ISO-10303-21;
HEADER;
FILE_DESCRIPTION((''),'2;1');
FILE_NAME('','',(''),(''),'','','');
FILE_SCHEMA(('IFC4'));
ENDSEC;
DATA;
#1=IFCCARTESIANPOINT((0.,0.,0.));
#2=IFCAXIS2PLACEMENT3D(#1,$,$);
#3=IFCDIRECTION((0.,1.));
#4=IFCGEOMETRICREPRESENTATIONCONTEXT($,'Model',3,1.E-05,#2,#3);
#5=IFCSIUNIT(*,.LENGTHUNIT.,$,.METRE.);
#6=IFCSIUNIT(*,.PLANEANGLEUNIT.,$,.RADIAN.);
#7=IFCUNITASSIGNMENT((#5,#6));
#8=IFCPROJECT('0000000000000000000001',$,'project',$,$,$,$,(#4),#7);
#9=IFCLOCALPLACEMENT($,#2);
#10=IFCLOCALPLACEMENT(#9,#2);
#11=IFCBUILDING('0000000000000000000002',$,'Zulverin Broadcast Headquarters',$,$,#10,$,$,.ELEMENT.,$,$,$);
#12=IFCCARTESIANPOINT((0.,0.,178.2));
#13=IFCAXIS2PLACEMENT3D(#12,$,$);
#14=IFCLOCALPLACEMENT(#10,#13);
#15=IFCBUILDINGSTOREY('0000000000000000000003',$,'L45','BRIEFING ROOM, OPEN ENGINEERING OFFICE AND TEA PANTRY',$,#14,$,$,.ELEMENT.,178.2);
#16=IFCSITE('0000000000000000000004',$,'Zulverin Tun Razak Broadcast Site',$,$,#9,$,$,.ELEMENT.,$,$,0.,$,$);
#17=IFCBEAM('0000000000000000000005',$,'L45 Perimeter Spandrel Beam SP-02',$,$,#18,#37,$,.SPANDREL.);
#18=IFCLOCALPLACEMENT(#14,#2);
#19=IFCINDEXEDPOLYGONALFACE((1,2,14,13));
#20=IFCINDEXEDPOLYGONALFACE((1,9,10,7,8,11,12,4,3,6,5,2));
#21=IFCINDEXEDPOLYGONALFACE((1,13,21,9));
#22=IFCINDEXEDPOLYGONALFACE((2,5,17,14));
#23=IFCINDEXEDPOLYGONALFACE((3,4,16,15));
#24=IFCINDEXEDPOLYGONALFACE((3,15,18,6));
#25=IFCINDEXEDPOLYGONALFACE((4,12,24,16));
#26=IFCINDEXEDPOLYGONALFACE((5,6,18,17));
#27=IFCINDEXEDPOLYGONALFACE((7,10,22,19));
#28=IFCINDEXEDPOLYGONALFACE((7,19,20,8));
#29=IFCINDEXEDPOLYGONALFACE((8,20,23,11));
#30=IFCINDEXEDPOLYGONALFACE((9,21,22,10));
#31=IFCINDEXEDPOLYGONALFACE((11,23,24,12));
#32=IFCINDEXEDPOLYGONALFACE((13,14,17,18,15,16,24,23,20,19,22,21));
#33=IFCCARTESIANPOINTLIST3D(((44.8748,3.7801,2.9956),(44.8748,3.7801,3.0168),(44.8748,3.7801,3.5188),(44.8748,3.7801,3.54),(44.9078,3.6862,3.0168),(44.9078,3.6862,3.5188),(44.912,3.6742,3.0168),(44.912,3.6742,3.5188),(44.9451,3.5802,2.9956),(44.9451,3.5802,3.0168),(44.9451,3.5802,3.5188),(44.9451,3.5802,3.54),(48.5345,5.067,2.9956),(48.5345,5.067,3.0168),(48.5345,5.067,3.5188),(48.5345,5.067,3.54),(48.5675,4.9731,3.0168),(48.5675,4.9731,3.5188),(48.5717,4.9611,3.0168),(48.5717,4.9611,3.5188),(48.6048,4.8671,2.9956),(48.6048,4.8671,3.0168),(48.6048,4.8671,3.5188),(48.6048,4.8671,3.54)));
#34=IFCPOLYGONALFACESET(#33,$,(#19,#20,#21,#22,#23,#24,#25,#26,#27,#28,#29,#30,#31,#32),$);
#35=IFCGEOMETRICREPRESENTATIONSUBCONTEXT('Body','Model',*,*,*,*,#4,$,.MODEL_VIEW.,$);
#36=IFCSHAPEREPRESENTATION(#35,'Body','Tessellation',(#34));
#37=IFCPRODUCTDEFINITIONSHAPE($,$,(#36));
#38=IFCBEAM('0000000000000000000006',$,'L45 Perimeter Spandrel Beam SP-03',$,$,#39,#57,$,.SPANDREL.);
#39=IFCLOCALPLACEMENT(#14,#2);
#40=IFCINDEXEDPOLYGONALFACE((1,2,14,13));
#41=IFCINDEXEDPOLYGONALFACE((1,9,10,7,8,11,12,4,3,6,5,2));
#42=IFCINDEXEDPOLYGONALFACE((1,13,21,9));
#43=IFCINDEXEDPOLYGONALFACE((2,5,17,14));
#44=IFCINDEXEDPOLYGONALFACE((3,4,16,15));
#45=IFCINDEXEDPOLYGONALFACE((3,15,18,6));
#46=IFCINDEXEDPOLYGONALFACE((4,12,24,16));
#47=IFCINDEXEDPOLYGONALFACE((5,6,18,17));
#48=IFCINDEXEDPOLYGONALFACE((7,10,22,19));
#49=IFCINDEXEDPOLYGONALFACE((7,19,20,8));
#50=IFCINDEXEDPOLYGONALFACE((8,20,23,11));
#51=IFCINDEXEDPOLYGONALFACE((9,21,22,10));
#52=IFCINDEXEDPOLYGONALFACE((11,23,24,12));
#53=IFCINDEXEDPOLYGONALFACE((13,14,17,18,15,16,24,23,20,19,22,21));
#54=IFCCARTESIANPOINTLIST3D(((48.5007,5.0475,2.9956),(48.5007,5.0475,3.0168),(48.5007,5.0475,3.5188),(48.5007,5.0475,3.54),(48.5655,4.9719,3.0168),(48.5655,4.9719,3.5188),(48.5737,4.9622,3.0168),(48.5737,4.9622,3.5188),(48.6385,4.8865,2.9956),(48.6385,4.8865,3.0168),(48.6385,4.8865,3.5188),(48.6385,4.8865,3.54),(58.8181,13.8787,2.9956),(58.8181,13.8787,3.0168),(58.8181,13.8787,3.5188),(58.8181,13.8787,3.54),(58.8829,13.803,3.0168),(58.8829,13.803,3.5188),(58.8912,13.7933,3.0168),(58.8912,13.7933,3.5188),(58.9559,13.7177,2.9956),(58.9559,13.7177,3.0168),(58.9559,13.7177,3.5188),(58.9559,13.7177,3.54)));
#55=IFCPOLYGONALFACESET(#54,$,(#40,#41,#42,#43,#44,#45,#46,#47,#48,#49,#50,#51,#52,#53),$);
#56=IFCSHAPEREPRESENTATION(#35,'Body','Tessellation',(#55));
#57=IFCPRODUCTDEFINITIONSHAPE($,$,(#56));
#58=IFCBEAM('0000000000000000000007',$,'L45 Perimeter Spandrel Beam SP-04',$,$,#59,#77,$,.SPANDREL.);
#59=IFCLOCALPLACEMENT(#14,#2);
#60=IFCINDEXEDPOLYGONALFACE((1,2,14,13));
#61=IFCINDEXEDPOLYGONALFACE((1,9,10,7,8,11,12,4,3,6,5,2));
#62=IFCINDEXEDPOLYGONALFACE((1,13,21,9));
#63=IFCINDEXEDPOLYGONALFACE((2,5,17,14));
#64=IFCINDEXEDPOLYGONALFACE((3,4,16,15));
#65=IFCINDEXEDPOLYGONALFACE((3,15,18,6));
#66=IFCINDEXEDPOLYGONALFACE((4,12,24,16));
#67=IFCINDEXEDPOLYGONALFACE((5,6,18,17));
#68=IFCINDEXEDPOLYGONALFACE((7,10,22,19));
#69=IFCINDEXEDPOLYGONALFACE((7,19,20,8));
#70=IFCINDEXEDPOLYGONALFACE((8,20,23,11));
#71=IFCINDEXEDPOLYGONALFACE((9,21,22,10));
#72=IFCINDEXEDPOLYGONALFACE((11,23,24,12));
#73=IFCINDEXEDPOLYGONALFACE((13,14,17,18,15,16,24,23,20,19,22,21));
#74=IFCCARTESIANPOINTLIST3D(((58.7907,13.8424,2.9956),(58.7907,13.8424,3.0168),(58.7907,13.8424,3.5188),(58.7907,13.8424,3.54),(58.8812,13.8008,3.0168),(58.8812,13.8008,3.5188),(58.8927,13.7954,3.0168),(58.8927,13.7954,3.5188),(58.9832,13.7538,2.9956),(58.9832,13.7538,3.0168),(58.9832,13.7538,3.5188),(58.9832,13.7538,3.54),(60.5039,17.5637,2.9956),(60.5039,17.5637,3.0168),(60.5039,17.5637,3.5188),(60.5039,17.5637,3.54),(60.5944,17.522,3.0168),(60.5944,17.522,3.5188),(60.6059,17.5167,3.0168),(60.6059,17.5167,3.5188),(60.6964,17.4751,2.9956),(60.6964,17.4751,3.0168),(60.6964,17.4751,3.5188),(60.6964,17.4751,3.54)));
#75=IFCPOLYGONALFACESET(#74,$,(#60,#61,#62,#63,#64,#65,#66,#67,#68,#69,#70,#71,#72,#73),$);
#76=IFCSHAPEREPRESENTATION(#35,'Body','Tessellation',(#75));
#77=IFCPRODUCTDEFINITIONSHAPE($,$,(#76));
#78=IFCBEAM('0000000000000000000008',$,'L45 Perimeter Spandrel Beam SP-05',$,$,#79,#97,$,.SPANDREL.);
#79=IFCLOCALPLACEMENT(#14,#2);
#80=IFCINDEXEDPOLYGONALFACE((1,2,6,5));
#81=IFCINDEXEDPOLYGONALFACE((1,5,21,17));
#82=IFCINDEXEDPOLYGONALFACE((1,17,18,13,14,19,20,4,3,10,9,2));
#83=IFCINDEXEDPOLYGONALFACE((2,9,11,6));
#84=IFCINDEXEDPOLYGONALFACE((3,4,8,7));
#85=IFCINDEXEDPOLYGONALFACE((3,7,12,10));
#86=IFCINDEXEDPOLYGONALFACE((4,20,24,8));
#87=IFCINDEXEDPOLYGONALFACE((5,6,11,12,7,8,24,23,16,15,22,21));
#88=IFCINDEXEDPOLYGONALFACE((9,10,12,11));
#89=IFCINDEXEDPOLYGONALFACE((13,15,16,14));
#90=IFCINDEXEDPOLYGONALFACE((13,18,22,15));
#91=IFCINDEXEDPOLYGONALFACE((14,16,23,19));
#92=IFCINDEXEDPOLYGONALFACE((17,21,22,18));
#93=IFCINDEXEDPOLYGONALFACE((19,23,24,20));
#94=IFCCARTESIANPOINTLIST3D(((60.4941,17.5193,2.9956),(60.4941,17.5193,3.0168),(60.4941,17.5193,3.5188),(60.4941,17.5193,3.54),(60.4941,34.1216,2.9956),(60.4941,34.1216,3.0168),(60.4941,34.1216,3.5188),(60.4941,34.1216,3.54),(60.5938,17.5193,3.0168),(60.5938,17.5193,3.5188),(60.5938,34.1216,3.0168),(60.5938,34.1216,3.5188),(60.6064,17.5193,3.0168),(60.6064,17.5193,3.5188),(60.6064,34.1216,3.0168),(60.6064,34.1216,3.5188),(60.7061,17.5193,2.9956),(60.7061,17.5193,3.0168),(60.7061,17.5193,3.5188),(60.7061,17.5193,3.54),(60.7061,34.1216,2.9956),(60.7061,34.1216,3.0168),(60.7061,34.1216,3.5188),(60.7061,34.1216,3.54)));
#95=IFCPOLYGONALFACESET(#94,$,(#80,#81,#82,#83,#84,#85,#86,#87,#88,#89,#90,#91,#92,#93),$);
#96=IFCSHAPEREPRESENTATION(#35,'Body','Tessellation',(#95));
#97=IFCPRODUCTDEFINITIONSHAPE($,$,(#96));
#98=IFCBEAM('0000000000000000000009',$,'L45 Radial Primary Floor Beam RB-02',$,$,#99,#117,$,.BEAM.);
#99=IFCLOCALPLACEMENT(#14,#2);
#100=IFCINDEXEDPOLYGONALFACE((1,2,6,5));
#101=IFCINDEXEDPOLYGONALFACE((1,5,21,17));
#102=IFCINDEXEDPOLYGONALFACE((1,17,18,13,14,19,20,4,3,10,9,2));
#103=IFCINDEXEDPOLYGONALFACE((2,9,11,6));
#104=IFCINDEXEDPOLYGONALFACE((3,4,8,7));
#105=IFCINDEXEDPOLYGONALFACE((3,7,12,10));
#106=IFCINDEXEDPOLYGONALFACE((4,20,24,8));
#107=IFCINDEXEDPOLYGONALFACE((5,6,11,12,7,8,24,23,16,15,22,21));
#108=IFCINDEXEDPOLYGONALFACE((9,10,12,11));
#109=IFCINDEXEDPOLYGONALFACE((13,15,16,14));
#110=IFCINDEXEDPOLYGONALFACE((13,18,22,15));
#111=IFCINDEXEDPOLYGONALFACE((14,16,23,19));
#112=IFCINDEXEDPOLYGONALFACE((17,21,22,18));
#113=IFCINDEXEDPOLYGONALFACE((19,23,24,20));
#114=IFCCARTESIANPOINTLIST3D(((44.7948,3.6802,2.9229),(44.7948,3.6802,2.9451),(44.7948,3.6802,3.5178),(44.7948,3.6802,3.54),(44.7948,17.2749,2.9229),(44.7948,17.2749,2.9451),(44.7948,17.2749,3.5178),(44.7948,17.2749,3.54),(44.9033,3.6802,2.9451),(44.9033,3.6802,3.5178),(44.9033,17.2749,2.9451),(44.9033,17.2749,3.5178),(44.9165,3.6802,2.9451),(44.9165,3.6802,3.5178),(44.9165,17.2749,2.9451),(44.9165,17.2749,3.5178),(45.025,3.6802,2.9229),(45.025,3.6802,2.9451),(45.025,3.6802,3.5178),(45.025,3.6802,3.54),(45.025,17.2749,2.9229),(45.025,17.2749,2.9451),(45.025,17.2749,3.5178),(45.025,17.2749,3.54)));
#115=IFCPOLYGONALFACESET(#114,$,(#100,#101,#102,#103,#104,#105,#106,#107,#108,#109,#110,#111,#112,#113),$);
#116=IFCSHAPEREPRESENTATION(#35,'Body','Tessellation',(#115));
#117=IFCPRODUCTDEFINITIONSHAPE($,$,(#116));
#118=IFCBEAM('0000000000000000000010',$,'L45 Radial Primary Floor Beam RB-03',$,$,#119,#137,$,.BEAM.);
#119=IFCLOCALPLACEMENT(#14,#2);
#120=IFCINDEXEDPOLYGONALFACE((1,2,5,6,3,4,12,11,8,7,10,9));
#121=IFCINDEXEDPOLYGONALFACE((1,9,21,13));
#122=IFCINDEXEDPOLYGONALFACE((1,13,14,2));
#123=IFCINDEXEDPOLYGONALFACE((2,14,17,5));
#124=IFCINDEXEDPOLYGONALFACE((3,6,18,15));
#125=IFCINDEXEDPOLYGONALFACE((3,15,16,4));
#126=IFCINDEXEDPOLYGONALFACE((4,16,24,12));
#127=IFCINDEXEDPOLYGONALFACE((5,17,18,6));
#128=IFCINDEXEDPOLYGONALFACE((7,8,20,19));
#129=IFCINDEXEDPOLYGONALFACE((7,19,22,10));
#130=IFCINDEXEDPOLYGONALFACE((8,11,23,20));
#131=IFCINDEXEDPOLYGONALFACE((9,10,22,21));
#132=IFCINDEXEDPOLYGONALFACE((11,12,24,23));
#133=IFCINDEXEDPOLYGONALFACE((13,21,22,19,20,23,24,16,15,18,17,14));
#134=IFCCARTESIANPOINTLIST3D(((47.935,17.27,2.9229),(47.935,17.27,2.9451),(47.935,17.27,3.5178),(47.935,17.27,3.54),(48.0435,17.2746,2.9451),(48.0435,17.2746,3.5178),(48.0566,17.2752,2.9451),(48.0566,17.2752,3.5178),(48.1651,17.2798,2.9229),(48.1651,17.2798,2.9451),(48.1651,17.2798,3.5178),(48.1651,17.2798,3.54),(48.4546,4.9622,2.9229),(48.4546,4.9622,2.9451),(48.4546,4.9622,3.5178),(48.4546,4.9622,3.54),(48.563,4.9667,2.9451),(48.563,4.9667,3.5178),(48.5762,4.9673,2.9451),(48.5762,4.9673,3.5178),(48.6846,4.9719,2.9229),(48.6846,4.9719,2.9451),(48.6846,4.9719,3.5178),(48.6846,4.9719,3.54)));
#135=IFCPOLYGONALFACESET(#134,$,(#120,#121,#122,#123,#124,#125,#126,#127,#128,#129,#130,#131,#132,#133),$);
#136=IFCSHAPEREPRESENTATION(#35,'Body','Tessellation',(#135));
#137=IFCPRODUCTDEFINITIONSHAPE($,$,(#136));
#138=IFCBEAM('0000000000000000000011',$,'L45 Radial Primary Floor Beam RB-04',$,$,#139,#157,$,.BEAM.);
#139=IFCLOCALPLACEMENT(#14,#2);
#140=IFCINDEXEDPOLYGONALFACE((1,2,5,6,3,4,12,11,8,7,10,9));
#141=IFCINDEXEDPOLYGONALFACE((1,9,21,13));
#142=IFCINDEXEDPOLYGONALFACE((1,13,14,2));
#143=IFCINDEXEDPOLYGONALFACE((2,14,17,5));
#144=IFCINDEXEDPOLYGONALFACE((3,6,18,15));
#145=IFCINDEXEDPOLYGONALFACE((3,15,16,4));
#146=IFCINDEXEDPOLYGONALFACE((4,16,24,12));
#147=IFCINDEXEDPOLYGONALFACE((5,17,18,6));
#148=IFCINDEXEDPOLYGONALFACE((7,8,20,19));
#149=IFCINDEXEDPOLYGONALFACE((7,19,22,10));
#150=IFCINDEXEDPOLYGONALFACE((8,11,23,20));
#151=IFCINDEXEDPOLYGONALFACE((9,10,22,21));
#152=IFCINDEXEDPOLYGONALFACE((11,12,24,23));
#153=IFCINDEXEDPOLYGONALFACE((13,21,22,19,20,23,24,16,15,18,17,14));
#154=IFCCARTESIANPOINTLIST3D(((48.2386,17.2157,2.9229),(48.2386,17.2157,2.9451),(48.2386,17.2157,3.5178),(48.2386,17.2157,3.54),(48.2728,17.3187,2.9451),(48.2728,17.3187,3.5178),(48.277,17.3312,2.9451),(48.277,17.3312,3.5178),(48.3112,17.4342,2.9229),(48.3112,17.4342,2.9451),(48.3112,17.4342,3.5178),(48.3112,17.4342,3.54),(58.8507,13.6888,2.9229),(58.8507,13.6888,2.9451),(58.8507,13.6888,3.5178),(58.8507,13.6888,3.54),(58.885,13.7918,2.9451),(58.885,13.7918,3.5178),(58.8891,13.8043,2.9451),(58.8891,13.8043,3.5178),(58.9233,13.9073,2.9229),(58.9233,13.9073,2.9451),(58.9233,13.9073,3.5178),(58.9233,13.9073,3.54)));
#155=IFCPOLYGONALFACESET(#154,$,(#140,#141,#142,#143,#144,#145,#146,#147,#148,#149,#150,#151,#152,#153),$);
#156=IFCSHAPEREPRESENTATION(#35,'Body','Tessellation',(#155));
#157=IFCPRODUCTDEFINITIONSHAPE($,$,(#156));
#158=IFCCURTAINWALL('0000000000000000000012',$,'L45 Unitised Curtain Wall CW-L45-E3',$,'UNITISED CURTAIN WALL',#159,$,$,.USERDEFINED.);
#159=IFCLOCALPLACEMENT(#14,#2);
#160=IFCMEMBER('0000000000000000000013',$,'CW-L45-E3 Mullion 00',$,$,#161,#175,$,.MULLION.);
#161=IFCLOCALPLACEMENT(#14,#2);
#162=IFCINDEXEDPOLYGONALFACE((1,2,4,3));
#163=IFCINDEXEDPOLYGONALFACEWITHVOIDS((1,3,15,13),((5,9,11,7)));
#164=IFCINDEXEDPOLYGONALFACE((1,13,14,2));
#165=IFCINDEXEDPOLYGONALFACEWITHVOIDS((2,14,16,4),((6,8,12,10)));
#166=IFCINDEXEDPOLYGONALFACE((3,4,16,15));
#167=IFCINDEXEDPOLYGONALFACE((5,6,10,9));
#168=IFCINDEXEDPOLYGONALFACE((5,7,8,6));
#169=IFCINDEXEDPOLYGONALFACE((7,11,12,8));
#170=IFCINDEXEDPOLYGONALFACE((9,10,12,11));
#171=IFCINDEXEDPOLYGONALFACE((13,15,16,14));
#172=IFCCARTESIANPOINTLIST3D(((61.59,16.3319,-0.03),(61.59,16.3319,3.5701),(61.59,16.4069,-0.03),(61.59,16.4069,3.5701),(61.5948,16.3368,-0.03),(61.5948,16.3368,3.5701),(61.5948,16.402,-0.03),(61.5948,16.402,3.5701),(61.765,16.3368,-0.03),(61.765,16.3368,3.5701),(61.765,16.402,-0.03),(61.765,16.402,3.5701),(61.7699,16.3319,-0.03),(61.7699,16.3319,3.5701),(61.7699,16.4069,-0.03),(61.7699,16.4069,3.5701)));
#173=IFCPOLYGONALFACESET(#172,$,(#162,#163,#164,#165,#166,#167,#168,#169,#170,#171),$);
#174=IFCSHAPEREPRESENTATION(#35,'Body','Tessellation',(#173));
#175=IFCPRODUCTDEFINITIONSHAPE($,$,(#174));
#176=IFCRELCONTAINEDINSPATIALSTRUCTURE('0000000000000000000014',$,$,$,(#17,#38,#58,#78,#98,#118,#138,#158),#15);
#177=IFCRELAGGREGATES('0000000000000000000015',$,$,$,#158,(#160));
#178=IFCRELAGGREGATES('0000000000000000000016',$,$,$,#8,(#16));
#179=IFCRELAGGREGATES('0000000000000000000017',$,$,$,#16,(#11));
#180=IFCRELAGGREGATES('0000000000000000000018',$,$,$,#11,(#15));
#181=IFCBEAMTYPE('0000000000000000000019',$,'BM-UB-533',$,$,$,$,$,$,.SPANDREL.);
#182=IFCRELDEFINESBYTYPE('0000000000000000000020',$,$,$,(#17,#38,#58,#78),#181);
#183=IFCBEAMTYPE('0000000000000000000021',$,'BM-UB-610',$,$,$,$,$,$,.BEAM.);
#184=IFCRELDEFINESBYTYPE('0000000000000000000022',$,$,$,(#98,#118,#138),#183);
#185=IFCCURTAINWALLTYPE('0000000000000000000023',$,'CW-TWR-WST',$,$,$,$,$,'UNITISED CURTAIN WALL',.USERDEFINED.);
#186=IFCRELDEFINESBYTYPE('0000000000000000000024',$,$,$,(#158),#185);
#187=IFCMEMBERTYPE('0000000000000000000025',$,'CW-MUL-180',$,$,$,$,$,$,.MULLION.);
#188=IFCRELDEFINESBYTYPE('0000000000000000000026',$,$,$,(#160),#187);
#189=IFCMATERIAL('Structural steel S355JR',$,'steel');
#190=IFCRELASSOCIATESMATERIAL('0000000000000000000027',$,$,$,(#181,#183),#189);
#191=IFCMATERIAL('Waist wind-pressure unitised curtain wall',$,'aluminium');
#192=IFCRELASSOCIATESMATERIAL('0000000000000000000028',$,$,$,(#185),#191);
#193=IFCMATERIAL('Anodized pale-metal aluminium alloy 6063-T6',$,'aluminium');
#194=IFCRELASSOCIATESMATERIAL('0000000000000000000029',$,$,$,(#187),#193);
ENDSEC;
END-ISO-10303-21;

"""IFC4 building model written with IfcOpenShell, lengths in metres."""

from ifc_helpers import new_model, si_unit, direction, frame, origin, origin_2d, place, context, subcontext, project, spatial, hollow_rectangle, i_section, extrude, material, material_profile, profile_set, type_object, element, aggregate, save


model = new_model("IFC4")

# Units and contexts
model_context = context("Model", 3, precision=1e-05, world=origin(), true_north=direction((0.0, 1.0)))
body_context = subcontext(model_context, "Body", "Model", "MODEL_VIEW")
ifc_project = project(units=[si_unit("LENGTHUNIT", "METRE"), si_unit("PLANEANGLEUNIT", "RADIAN")], contexts=[model_context])

# Site, building, storey
site_placement = place(None, origin())
site = spatial("IfcSite", under=ifc_project, at=site_placement, Name="Zulverin Tun Razak Broadcast Site", CompositionType="ELEMENT", RefElevation=0.0)
building_placement = place(site_placement, origin())
building = spatial("IfcBuilding", under=site, at=building_placement, Name="Zulverin Broadcast Headquarters", CompositionType="ELEMENT")
storey_placement = place(building_placement, frame((0.0, 0.0, 178.2)))
storey = spatial("IfcBuildingStorey", under=building, at=storey_placement, Name="L45", Description="BRIEFING ROOM, OPEN ENGINEERING OFFICE AND TEA PANTRY", CompositionType="ELEMENT", Elevation=178.2)

# Beams
ifc_material_1 = material(Name="Structural steel S355JR", Category="steel")
ifc_material_profile_1 = material_profile(ifc_material_1, i_section(OverallWidth=0.2119, OverallDepth=0.5444, WebThickness=0.0127, FlangeThickness=0.0212, at=origin_2d()), Name="Structural steel S355JR", Category="steel")
ifc_profile_set_1 = profile_set([ifc_material_profile_1], Name="Structural steel S355JR")
beam_type_1 = type_object("IfcBeamType", Name="BM-UB-533", PredefinedType="SPANDREL", material=ifc_profile_set_1)
beam_1_placement = place(storey_placement, frame((44.9099, 3.6802, 3.2678), z_axis=(0.943377, 0.331724, 0.0), x_axis=(-0.331724, 0.943377, 0.0)))
element("IfcBeam", 1, at=beam_1_placement, inside=storey, type_object=beam_type_1, Name="L45 Perimeter Spandrel Beam SP-02", PredefinedType="SPANDREL", context=body_context, shape_type="SweptSolid", body=[
    extrude(i_section(OverallWidth=0.2119, OverallDepth=0.5444, WebThickness=0.0127, FlangeThickness=0.0212, at=origin_2d()), origin(), (0.0, 0.0, 1.0), 3.8794),
])
beam_2_placement = place(storey_placement, frame((48.5696, 4.967, 3.2678), z_axis=(0.759708, 0.650264, 0.0), x_axis=(-0.650264, 0.759708, 0.0)))
element("IfcBeam", 2, at=beam_2_placement, inside=storey, type_object=beam_type_1, Name="L45 Perimeter Spandrel Beam SP-03", PredefinedType="SPANDREL", context=body_context, shape_type="SweptSolid", body=[
    extrude(i_section(OverallWidth=0.2119, OverallDepth=0.5444, WebThickness=0.0127, FlangeThickness=0.0212, at=origin_2d()), origin(), (0.0, 0.0, 1.0), 13.5808),
])
beam_3_placement = place(storey_placement, frame((58.887, 13.7981, 3.2678), z_axis=(0.418185, 0.908362, 0.0), x_axis=(-0.908362, 0.418185, 0.0)))
element("IfcBeam", 3, at=beam_3_placement, inside=storey, type_object=beam_type_1, Name="L45 Perimeter Spandrel Beam SP-04", PredefinedType="SPANDREL", context=body_context, shape_type="SweptSolid", body=[
    extrude(i_section(OverallWidth=0.2119, OverallDepth=0.5444, WebThickness=0.0127, FlangeThickness=0.0212, at=origin_2d()), origin(), (0.0, 0.0, 1.0), 4.0967),
])
beam_4_placement = place(storey_placement, frame((60.6001, 17.5193, 3.2678), z_axis=(0.0, 1.0, 0.0), x_axis=(-1.0, 0.0, 0.0)))
element("IfcBeam", 4, at=beam_4_placement, inside=storey, type_object=beam_type_1, Name="L45 Perimeter Spandrel Beam SP-05", PredefinedType="SPANDREL", context=body_context, shape_type="SweptSolid", body=[
    extrude(i_section(OverallWidth=0.2119, OverallDepth=0.5444, WebThickness=0.0127, FlangeThickness=0.0212, at=origin_2d()), origin(), (0.0, 0.0, 1.0), 16.6023),
])
ifc_material_profile_2 = material_profile(ifc_material_1, i_section(OverallWidth=0.2302, OverallDepth=0.6172, WebThickness=0.0132, FlangeThickness=0.0222, at=origin_2d()), Name="Structural steel S355JR", Category="steel")
ifc_profile_set_2 = profile_set([ifc_material_profile_2], Name="Structural steel S355JR")
beam_type_2 = type_object("IfcBeamType", Name="BM-UB-610", PredefinedType="BEAM", material=ifc_profile_set_2)
beam_5_placement = place(storey_placement, frame((44.9099, 17.2749, 3.2314), z_axis=(0.0, -1.0, 0.0), x_axis=(1.0, 0.0, 0.0)))
element("IfcBeam", 5, at=beam_5_placement, inside=storey, type_object=beam_type_2, Name="L45 Radial Primary Floor Beam RB-02", PredefinedType="BEAM", context=body_context, shape_type="SweptSolid", body=[
    extrude(i_section(OverallWidth=0.2302, OverallDepth=0.6172, WebThickness=0.0132, FlangeThickness=0.0222, at=origin_2d()), origin(), (0.0, 0.0, 1.0), 13.5947),
])
beam_6_placement = place(storey_placement, frame((48.05, 17.2749, 3.2314), z_axis=(0.042174, -0.99911, 0.0), x_axis=(0.99911, 0.042174, 0.0)))
element("IfcBeam", 6, at=beam_6_placement, inside=storey, type_object=beam_type_2, Name="L45 Radial Primary Floor Beam RB-03", PredefinedType="BEAM", context=body_context, shape_type="SweptSolid", body=[
    extrude(i_section(OverallWidth=0.2302, OverallDepth=0.6172, WebThickness=0.0132, FlangeThickness=0.0222, at=origin_2d()), origin(), (0.0, 0.0, 1.0), 12.3188),
])
beam_7_placement = place(storey_placement, frame((48.2749, 17.325, 3.2314), z_axis=(0.948965, -0.315383, 0.0), x_axis=(0.315383, 0.948965, 0.0)))
element("IfcBeam", 7, at=beam_7_placement, inside=storey, type_object=beam_type_2, Name="L45 Radial Primary Floor Beam RB-04", PredefinedType="BEAM", context=body_context, shape_type="SweptSolid", body=[
    extrude(i_section(OverallWidth=0.2302, OverallDepth=0.6172, WebThickness=0.0132, FlangeThickness=0.0222, at=origin_2d()), origin(), (0.0, 0.0, 1.0), 11.1829),
])

# Curtain wall, member
ifc_material_2 = material(Name="Waist wind-pressure unitised curtain wall", Category="aluminium")
curtain_wall_type = type_object("IfcCurtainWallType", Name="CW-TWR-WST", ElementType="UNITISED CURTAIN WALL", PredefinedType="USERDEFINED", material=ifc_material_2)
curtain_wall_placement = place(storey_placement, origin())
curtain_wall = element("IfcCurtainWall", 8, at=curtain_wall_placement, inside=storey, type_object=curtain_wall_type, Name="L45 Unitised Curtain Wall CW-L45-E3", ObjectType="UNITISED CURTAIN WALL", PredefinedType="USERDEFINED")
ifc_material_3 = material(Name="Anodized pale-metal aluminium alloy 6063-T6", Category="aluminium")
ifc_material_profile_3 = material_profile(ifc_material_3, hollow_rectangle(XDim=0.075, YDim=0.1799, WallThickness=0.0049, at=origin_2d()), Name="Anodized pale-metal aluminium alloy 6063-T6", Category="aluminium")
ifc_profile_set_3 = profile_set([ifc_material_profile_3], Name="Anodized pale-metal aluminium alloy 6063-T6")
member_type_1 = type_object("IfcMemberType", Name="CW-MUL-180", PredefinedType="MULLION", material=ifc_profile_set_3)
member_1_placement = place(storey_placement, frame((61.6799, 16.3694, -0.03), z_axis=(0.0, 0.0, 1.0), x_axis=(0.0, 1.0, 0.0)))
member_1 = element("IfcMember", 9, at=member_1_placement, type_object=member_type_1, Name="CW-L45-E3 Mullion 00", PredefinedType="MULLION", context=body_context, shape_type="SweptSolid", body=[
    extrude(hollow_rectangle(XDim=0.075, YDim=0.1799, WallThickness=0.0049, at=origin_2d()), origin(), (0.0, 0.0, 1.0), 3.6001),
])
aggregate(curtain_wall, [member_1])

save(model, "model.ifc")
